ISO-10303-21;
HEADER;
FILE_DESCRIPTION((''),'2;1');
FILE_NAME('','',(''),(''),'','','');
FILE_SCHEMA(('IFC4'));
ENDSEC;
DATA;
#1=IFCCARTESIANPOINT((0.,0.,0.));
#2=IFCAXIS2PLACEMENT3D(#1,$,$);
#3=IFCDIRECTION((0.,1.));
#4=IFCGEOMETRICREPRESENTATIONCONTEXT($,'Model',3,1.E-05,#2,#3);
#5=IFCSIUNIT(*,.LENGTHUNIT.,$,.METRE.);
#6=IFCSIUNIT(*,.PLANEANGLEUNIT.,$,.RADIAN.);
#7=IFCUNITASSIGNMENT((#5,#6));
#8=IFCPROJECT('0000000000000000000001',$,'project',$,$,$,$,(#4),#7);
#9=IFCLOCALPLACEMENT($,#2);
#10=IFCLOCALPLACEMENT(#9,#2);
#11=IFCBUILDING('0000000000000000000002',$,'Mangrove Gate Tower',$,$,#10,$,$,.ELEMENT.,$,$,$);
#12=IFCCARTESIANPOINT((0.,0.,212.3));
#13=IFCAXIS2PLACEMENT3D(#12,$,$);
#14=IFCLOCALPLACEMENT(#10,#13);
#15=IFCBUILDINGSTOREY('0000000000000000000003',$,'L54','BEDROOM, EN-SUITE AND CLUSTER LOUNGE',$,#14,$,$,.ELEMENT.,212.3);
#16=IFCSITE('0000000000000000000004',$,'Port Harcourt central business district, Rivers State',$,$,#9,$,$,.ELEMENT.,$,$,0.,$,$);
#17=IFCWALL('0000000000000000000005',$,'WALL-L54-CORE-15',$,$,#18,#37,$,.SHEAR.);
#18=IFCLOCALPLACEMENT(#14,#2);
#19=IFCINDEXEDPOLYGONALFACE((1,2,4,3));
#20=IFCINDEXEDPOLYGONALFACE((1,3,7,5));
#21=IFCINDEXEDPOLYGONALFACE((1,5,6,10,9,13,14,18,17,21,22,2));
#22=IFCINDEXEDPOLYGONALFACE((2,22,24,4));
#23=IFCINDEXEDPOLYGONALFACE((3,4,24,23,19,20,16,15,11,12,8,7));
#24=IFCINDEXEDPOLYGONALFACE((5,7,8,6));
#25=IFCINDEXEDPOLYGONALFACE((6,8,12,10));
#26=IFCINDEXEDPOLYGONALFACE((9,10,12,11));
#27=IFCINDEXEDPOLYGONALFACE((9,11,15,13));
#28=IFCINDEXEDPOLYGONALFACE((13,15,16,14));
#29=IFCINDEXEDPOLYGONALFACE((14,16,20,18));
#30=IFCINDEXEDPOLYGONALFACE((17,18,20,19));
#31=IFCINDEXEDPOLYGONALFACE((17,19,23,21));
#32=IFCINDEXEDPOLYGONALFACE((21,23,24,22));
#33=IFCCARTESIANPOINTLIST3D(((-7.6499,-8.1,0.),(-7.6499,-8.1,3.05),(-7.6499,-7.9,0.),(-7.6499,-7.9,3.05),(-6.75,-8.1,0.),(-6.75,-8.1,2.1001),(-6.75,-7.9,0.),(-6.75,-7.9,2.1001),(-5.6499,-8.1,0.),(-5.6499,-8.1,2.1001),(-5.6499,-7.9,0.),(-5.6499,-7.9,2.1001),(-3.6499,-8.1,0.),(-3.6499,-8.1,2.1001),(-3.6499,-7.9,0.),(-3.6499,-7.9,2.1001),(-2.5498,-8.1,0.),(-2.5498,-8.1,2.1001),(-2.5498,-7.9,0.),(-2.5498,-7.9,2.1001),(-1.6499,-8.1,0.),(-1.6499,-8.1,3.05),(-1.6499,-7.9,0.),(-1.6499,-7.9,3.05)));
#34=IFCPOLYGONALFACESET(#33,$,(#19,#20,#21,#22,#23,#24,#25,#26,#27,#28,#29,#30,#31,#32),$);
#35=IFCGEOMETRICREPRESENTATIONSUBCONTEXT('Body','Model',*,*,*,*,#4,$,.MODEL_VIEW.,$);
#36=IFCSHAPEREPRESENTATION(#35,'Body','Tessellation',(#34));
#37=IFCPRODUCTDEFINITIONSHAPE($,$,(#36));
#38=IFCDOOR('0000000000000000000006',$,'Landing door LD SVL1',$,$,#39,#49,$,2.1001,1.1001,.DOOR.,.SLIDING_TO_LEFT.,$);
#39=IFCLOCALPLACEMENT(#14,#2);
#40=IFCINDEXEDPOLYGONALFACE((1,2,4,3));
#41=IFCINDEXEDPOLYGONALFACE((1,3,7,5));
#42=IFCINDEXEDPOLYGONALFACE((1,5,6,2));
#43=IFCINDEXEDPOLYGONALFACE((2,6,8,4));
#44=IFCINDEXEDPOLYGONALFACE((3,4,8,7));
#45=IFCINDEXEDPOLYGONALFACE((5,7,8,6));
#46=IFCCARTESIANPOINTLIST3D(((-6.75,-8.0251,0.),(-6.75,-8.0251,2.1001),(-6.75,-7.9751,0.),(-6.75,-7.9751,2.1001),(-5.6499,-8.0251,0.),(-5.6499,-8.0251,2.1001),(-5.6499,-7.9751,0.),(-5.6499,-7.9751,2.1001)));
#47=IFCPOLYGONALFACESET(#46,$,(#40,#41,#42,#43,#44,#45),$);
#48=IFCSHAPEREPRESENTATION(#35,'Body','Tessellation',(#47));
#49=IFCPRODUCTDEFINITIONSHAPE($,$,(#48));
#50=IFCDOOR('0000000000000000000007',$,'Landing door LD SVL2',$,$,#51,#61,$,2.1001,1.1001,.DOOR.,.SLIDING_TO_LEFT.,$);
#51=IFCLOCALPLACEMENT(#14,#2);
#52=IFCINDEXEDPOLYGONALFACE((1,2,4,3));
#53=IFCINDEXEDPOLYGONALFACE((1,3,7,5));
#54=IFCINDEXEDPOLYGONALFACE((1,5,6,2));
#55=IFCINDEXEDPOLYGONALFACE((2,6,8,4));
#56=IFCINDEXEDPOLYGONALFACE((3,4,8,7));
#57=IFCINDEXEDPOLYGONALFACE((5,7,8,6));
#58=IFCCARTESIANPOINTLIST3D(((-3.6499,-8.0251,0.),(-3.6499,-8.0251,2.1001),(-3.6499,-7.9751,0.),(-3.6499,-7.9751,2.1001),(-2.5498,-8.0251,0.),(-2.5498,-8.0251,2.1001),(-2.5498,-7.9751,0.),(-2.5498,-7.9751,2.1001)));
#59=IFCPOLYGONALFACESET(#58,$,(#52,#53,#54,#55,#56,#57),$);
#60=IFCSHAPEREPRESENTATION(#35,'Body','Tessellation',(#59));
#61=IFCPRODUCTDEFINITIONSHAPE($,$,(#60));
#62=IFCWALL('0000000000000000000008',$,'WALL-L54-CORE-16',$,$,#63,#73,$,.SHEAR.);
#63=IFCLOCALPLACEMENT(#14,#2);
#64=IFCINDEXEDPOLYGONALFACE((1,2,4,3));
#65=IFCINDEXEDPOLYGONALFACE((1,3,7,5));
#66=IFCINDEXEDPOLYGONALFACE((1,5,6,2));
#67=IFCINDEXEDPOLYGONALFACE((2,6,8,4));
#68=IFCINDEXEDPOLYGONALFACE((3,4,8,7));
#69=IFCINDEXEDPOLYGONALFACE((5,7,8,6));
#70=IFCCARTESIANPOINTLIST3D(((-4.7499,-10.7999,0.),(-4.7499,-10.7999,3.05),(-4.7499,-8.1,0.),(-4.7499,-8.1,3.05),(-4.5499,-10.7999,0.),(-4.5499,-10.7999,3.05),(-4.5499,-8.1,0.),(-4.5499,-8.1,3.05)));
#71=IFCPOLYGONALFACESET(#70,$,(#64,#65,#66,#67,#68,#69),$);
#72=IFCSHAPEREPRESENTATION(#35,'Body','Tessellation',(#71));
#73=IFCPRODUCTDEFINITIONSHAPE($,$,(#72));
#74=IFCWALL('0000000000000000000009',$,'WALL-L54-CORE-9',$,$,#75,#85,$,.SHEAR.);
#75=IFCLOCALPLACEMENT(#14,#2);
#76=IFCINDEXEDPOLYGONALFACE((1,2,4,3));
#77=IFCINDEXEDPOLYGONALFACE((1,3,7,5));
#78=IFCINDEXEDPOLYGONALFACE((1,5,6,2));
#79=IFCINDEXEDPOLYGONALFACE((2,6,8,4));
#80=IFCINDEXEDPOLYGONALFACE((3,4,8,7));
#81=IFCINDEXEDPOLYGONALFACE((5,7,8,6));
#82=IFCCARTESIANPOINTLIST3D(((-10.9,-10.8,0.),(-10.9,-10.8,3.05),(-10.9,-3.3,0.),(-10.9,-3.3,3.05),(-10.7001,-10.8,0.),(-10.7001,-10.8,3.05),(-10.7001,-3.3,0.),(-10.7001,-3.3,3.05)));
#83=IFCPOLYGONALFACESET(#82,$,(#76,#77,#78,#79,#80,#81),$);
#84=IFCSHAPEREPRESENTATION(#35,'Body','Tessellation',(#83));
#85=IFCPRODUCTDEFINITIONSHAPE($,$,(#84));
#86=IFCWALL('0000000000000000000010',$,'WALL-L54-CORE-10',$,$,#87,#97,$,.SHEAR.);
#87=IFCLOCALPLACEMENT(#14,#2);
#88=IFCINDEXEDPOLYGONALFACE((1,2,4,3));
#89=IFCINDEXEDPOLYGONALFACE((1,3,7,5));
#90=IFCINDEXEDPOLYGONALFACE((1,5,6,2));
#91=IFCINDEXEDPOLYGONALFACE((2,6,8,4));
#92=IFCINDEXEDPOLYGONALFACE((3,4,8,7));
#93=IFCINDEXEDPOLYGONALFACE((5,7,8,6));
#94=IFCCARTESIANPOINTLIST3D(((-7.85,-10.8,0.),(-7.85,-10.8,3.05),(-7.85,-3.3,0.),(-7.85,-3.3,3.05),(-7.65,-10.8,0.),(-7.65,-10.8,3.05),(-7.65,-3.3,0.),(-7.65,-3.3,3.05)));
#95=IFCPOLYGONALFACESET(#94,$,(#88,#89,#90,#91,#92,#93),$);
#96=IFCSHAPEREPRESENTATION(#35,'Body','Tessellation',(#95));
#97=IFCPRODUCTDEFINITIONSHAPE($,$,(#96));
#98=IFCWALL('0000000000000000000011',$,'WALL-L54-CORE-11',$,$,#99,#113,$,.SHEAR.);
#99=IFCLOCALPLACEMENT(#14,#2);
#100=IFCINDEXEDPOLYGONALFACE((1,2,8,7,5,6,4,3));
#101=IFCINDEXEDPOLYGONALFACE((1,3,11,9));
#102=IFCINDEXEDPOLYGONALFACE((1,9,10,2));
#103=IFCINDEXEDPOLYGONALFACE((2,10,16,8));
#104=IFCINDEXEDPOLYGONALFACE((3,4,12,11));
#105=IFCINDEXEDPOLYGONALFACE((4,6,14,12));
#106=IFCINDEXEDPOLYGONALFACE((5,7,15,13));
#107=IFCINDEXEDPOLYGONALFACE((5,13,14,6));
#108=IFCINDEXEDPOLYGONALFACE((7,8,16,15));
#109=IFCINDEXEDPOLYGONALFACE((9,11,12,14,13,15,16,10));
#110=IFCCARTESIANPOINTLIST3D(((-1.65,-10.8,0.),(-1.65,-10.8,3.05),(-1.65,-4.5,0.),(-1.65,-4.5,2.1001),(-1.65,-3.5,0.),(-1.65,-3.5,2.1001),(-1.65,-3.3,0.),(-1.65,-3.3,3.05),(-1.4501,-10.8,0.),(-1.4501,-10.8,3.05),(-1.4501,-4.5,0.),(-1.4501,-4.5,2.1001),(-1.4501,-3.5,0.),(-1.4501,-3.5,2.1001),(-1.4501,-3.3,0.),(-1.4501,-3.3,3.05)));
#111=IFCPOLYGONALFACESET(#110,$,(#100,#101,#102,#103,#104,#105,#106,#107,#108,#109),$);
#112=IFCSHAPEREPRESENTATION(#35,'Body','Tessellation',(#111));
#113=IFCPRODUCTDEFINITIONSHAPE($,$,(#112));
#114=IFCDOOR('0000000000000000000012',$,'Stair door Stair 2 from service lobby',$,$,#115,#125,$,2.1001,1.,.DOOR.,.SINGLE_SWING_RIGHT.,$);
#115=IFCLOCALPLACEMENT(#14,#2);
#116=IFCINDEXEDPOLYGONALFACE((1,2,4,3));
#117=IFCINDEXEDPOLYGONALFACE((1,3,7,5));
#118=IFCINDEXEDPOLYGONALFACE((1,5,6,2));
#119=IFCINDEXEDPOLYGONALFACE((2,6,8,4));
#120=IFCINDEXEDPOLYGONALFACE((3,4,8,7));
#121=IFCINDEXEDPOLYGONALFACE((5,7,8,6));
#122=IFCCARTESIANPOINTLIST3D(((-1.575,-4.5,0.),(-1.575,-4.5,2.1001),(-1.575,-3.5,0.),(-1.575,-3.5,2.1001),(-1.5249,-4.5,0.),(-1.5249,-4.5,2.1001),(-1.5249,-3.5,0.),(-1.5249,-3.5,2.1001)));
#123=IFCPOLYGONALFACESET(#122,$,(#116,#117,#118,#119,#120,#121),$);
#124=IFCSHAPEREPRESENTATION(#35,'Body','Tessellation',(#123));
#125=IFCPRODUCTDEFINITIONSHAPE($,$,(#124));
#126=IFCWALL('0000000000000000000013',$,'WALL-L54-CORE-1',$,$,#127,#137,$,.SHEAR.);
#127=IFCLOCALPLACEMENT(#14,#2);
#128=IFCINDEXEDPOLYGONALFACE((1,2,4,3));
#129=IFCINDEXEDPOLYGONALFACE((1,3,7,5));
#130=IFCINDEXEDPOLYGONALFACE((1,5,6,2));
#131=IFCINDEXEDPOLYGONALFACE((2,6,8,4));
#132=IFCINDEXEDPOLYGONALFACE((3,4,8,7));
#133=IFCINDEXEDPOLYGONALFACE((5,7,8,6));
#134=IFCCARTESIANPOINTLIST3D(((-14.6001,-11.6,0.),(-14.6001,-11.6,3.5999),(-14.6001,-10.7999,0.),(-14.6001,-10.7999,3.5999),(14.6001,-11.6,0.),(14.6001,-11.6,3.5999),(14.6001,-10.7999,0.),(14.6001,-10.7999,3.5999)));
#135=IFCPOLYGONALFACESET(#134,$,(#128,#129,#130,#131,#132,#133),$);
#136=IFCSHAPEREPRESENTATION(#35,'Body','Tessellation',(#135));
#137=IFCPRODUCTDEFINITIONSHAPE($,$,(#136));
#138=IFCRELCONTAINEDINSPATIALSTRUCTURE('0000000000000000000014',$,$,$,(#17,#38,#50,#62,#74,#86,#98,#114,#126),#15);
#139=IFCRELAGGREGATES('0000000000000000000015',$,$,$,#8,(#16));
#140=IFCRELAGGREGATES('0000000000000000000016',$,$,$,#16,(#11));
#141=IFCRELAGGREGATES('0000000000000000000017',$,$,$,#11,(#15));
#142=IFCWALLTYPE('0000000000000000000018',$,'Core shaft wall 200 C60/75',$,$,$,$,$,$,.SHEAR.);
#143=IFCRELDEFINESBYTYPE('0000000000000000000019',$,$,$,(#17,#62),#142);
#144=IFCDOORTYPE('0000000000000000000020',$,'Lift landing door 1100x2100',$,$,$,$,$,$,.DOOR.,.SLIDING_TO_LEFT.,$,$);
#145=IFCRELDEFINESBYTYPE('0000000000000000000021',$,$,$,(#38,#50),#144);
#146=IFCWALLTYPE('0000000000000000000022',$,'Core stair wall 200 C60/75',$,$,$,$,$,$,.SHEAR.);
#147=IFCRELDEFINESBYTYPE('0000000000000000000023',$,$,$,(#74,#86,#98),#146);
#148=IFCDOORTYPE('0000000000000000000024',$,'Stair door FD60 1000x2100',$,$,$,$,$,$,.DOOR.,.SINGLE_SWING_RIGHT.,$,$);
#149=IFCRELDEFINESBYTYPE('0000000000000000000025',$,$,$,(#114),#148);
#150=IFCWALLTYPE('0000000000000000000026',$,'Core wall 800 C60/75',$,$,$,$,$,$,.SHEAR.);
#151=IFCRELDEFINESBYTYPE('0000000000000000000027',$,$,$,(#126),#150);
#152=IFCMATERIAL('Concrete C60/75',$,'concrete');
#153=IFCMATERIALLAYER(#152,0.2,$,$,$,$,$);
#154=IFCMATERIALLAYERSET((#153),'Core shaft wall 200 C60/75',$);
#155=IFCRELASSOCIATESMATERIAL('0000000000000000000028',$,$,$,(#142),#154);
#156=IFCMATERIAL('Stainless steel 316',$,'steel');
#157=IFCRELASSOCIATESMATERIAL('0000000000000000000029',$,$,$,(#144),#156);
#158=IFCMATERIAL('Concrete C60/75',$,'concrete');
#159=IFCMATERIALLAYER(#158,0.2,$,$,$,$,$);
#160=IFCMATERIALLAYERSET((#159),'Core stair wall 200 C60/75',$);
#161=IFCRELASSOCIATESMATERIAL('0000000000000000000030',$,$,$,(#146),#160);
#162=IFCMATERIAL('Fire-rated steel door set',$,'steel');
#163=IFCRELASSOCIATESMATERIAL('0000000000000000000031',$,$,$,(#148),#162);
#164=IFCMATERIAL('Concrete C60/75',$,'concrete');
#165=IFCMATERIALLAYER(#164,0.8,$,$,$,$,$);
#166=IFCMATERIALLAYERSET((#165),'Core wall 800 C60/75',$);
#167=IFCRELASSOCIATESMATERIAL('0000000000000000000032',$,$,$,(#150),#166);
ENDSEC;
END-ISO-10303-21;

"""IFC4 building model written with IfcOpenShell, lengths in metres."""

from ifc_helpers import new_model, si_unit, direction, frame, frame_2d, origin, place, context, subcontext, project, spatial, rectangle, extrude, material, layer, layer_set, type_object, element, fill, save


model = new_model("IFC4")

# Units and contexts
model_context = context("Model", 3, precision=1e-05, world=origin(), true_north=direction((0.0, 1.0)))
body_context = subcontext(model_context, "Body", "Model", "MODEL_VIEW")
ifc_project = project(units=[si_unit("LENGTHUNIT", "METRE"), si_unit("PLANEANGLEUNIT", "RADIAN")], contexts=[model_context])

# Site, building, storey
site_placement = place(None, origin())
site = spatial("IfcSite", under=ifc_project, at=site_placement, Name="Port Harcourt central business district, Rivers State", CompositionType="ELEMENT", RefElevation=0.0)
building_placement = place(site_placement, origin())
building = spatial("IfcBuilding", under=site, at=building_placement, Name="Mangrove Gate Tower", CompositionType="ELEMENT")
storey_placement = place(building_placement, frame((0.0, 0.0, 212.3)))
storey = spatial("IfcBuildingStorey", under=building, at=storey_placement, Name="L54", Description="BEDROOM, EN-SUITE AND CLUSTER LOUNGE", CompositionType="ELEMENT", Elevation=212.3)

# Wall, openings, doors
ifc_material_1 = material(Name="Concrete C60/75", Category="concrete")
ifc_layer_1 = layer(ifc_material_1, 0.2)
ifc_layer_set_1 = layer_set([ifc_layer_1], Name="Core shaft wall 200 C60/75")
wall_type_1 = type_object("IfcWallType", Name="Core shaft wall 200 C60/75", PredefinedType="SHEAR", material=ifc_layer_set_1)
wall_1_placement = place(storey_placement, frame((-7.6499, -8.0, 0.0), z_axis=(0.0, 0.0, 1.0), x_axis=(1.0, 0.0, 0.0)))
wall_1 = element("IfcWall", 1, at=wall_1_placement, inside=storey, type_object=wall_type_1, Name="WALL-L54-CORE-15", PredefinedType="SHEAR", context=body_context, shape_type="SweptSolid", body=[
    extrude(rectangle(XDim=6.0, YDim=0.2, at=frame_2d((3.0, 0.0))), origin(), (0.0, 0.0, 1.0), 3.05),
])
opening_1_placement = place(wall_1_placement, frame((0.8999, 0.0, 0.0)))
opening_1 = element("IfcOpeningElement", 2, at=opening_1_placement, cuts=wall_1, PredefinedType="OPENING", context=body_context, shape_type="SweptSolid", body=[
    extrude(rectangle(XDim=1.1001, YDim=2.1001, at=frame_2d((0.55, 1.05))), frame((0.0, 0.1099, 0.0), z_axis=(0.0, -1.0, 0.0), x_axis=(1.0, 0.0, 0.0)), (0.0, 0.0, 1.0), 0.22),
])
opening_2_placement = place(wall_1_placement, frame((4.0, 0.0, 0.0)))
opening_2 = element("IfcOpeningElement", 3, at=opening_2_placement, cuts=wall_1, PredefinedType="OPENING", context=body_context, shape_type="SweptSolid", body=[
    extrude(rectangle(XDim=1.1001, YDim=2.1001, at=frame_2d((0.55, 1.05))), frame((0.0, 0.1099, 0.0), z_axis=(0.0, -1.0, 0.0), x_axis=(1.0, 0.0, 0.0)), (0.0, 0.0, 1.0), 0.22),
])
ifc_material_2 = material(Name="Stainless steel 316", Category="steel")
door_type_1 = type_object("IfcDoorType", Name="Lift landing door 1100x2100", OperationType="SLIDING_TO_LEFT", PredefinedType="DOOR", material=ifc_material_2)
door_1_placement = place(opening_1_placement, origin())
door_1 = element("IfcDoor", 4, at=door_1_placement, inside=storey, type_object=door_type_1, Name="Landing door LD SVL1", OperationType="SLIDING_TO_LEFT", OverallHeight=2.1001, OverallWidth=1.1001, PredefinedType="DOOR", context=body_context, shape_type="SweptSolid", body=[
    extrude(rectangle(XDim=1.1001, YDim=2.1001, at=frame_2d((0.55, 1.05))), frame((0.0, 0.0249, 0.0), z_axis=(0.0, -1.0, 0.0), x_axis=(1.0, 0.0, 0.0)), (0.0, 0.0, 1.0), 0.05),
])
fill(opening_1, door_1)
door_2_placement = place(opening_2_placement, origin())
door_2 = element("IfcDoor", 5, at=door_2_placement, inside=storey, type_object=door_type_1, Name="Landing door LD SVL2", OperationType="SLIDING_TO_LEFT", OverallHeight=2.1001, OverallWidth=1.1001, PredefinedType="DOOR", context=body_context, shape_type="SweptSolid", body=[
    extrude(rectangle(XDim=1.1001, YDim=2.1001, at=frame_2d((0.55, 1.05))), frame((0.0, 0.0249, 0.0), z_axis=(0.0, -1.0, 0.0), x_axis=(1.0, 0.0, 0.0)), (0.0, 0.0, 1.0), 0.05),
])
fill(opening_2, door_2)

# Walls
wall_2_placement = place(storey_placement, frame((-4.6499, -10.8, 0.0), z_axis=(0.0, 0.0, 1.0), x_axis=(0.0, 1.0, 0.0)))
element("IfcWall", 6, at=wall_2_placement, inside=storey, type_object=wall_type_1, Name="WALL-L54-CORE-16", PredefinedType="SHEAR", context=body_context, shape_type="SweptSolid", body=[
    extrude(rectangle(XDim=2.7, YDim=0.2, at=frame_2d((1.3501, 0.0))), origin(), (0.0, 0.0, 1.0), 3.05),
])
ifc_material_3 = material(Name="Concrete C60/75", Category="concrete")
ifc_layer_2 = layer(ifc_material_3, 0.2)
ifc_layer_set_2 = layer_set([ifc_layer_2], Name="Core stair wall 200 C60/75")
wall_type_2 = type_object("IfcWallType", Name="Core stair wall 200 C60/75", PredefinedType="SHEAR", material=ifc_layer_set_2)
for number, where, z_axis, x_axis, name in (
    (7, (-10.8, -10.8, 0.0), (0.0, 0.0, 1.0), (0.0, 1.0, 0.0), "WALL-L54-CORE-9"),
    (8, (-7.75, -10.8, 0.0), (0.0, 0.0, 1.0), (0.0, 1.0, 0.0), "WALL-L54-CORE-10"),
):
    element("IfcWall", number, at=place(storey_placement, frame(where, z_axis=z_axis, x_axis=x_axis)), inside=storey, type_object=wall_type_2, Name=name, PredefinedType="SHEAR", context=body_context, shape_type="SweptSolid", body=[
        extrude(rectangle(XDim=7.5, YDim=0.2, at=frame_2d((3.75, 0.0))), origin(), (0.0, 0.0, 1.0), 3.05),
    ])

# Wall, opening, door
wall_3_placement = place(storey_placement, frame((-1.55, -10.8, 0.0), z_axis=(0.0, 0.0, 1.0), x_axis=(0.0, 1.0, 0.0)))
wall_3 = element("IfcWall", 9, at=wall_3_placement, inside=storey, type_object=wall_type_2, Name="WALL-L54-CORE-11", PredefinedType="SHEAR", context=body_context, shape_type="SweptSolid", body=[
    extrude(rectangle(XDim=7.5, YDim=0.2, at=frame_2d((3.75, 0.0))), origin(), (0.0, 0.0, 1.0), 3.05),
])
opening_3_placement = place(wall_3_placement, frame((6.3, 0.0, 0.0)))
opening_3 = element("IfcOpeningElement", 10, at=opening_3_placement, cuts=wall_3, PredefinedType="OPENING", context=body_context, shape_type="SweptSolid", body=[
    extrude(rectangle(XDim=1.0, YDim=2.1001, at=frame_2d((0.5, 1.05))), frame((0.0, 0.1099, 0.0), z_axis=(0.0, -1.0, 0.0), x_axis=(1.0, 0.0, 0.0)), (0.0, 0.0, 1.0), 0.22),
])
ifc_material_4 = material(Name="Fire-rated steel door set", Category="steel")
door_type_2 = type_object("IfcDoorType", Name="Stair door FD60 1000x2100", OperationType="SINGLE_SWING_RIGHT", PredefinedType="DOOR", material=ifc_material_4)
door_3_placement = place(opening_3_placement, origin())
door_3 = element("IfcDoor", 11, at=door_3_placement, inside=storey, type_object=door_type_2, Name="Stair door Stair 2 from service lobby", OperationType="SINGLE_SWING_RIGHT", OverallHeight=2.1001, OverallWidth=1.0, PredefinedType="DOOR", context=body_context, shape_type="SweptSolid", body=[
    extrude(rectangle(XDim=1.0, YDim=2.1001, at=frame_2d((0.5, 1.05))), frame((0.0, 0.0249, 0.0), z_axis=(0.0, -1.0, 0.0), x_axis=(1.0, 0.0, 0.0)), (0.0, 0.0, 1.0), 0.05),
])
fill(opening_3, door_3)

# Wall
ifc_material_5 = material(Name="Concrete C60/75", Category="concrete")
ifc_layer_3 = layer(ifc_material_5, 0.8)
ifc_layer_set_3 = layer_set([ifc_layer_3], Name="Core wall 800 C60/75")
wall_type_3 = type_object("IfcWallType", Name="Core wall 800 C60/75", PredefinedType="SHEAR", material=ifc_layer_set_3)
wall_4_placement = place(storey_placement, frame((-14.6001, -11.2, 0.0), z_axis=(0.0, 0.0, 1.0), x_axis=(1.0, 0.0, 0.0)))
element("IfcWall", 12, at=wall_4_placement, inside=storey, type_object=wall_type_3, Name="WALL-L54-CORE-1", PredefinedType="SHEAR", context=body_context, shape_type="SweptSolid", body=[
    extrude(rectangle(XDim=29.2002, YDim=0.8, at=frame_2d((14.6001, 0.0))), origin(), (0.0, 0.0, 1.0), 3.5999),
])

save(model, "model.ifc")
